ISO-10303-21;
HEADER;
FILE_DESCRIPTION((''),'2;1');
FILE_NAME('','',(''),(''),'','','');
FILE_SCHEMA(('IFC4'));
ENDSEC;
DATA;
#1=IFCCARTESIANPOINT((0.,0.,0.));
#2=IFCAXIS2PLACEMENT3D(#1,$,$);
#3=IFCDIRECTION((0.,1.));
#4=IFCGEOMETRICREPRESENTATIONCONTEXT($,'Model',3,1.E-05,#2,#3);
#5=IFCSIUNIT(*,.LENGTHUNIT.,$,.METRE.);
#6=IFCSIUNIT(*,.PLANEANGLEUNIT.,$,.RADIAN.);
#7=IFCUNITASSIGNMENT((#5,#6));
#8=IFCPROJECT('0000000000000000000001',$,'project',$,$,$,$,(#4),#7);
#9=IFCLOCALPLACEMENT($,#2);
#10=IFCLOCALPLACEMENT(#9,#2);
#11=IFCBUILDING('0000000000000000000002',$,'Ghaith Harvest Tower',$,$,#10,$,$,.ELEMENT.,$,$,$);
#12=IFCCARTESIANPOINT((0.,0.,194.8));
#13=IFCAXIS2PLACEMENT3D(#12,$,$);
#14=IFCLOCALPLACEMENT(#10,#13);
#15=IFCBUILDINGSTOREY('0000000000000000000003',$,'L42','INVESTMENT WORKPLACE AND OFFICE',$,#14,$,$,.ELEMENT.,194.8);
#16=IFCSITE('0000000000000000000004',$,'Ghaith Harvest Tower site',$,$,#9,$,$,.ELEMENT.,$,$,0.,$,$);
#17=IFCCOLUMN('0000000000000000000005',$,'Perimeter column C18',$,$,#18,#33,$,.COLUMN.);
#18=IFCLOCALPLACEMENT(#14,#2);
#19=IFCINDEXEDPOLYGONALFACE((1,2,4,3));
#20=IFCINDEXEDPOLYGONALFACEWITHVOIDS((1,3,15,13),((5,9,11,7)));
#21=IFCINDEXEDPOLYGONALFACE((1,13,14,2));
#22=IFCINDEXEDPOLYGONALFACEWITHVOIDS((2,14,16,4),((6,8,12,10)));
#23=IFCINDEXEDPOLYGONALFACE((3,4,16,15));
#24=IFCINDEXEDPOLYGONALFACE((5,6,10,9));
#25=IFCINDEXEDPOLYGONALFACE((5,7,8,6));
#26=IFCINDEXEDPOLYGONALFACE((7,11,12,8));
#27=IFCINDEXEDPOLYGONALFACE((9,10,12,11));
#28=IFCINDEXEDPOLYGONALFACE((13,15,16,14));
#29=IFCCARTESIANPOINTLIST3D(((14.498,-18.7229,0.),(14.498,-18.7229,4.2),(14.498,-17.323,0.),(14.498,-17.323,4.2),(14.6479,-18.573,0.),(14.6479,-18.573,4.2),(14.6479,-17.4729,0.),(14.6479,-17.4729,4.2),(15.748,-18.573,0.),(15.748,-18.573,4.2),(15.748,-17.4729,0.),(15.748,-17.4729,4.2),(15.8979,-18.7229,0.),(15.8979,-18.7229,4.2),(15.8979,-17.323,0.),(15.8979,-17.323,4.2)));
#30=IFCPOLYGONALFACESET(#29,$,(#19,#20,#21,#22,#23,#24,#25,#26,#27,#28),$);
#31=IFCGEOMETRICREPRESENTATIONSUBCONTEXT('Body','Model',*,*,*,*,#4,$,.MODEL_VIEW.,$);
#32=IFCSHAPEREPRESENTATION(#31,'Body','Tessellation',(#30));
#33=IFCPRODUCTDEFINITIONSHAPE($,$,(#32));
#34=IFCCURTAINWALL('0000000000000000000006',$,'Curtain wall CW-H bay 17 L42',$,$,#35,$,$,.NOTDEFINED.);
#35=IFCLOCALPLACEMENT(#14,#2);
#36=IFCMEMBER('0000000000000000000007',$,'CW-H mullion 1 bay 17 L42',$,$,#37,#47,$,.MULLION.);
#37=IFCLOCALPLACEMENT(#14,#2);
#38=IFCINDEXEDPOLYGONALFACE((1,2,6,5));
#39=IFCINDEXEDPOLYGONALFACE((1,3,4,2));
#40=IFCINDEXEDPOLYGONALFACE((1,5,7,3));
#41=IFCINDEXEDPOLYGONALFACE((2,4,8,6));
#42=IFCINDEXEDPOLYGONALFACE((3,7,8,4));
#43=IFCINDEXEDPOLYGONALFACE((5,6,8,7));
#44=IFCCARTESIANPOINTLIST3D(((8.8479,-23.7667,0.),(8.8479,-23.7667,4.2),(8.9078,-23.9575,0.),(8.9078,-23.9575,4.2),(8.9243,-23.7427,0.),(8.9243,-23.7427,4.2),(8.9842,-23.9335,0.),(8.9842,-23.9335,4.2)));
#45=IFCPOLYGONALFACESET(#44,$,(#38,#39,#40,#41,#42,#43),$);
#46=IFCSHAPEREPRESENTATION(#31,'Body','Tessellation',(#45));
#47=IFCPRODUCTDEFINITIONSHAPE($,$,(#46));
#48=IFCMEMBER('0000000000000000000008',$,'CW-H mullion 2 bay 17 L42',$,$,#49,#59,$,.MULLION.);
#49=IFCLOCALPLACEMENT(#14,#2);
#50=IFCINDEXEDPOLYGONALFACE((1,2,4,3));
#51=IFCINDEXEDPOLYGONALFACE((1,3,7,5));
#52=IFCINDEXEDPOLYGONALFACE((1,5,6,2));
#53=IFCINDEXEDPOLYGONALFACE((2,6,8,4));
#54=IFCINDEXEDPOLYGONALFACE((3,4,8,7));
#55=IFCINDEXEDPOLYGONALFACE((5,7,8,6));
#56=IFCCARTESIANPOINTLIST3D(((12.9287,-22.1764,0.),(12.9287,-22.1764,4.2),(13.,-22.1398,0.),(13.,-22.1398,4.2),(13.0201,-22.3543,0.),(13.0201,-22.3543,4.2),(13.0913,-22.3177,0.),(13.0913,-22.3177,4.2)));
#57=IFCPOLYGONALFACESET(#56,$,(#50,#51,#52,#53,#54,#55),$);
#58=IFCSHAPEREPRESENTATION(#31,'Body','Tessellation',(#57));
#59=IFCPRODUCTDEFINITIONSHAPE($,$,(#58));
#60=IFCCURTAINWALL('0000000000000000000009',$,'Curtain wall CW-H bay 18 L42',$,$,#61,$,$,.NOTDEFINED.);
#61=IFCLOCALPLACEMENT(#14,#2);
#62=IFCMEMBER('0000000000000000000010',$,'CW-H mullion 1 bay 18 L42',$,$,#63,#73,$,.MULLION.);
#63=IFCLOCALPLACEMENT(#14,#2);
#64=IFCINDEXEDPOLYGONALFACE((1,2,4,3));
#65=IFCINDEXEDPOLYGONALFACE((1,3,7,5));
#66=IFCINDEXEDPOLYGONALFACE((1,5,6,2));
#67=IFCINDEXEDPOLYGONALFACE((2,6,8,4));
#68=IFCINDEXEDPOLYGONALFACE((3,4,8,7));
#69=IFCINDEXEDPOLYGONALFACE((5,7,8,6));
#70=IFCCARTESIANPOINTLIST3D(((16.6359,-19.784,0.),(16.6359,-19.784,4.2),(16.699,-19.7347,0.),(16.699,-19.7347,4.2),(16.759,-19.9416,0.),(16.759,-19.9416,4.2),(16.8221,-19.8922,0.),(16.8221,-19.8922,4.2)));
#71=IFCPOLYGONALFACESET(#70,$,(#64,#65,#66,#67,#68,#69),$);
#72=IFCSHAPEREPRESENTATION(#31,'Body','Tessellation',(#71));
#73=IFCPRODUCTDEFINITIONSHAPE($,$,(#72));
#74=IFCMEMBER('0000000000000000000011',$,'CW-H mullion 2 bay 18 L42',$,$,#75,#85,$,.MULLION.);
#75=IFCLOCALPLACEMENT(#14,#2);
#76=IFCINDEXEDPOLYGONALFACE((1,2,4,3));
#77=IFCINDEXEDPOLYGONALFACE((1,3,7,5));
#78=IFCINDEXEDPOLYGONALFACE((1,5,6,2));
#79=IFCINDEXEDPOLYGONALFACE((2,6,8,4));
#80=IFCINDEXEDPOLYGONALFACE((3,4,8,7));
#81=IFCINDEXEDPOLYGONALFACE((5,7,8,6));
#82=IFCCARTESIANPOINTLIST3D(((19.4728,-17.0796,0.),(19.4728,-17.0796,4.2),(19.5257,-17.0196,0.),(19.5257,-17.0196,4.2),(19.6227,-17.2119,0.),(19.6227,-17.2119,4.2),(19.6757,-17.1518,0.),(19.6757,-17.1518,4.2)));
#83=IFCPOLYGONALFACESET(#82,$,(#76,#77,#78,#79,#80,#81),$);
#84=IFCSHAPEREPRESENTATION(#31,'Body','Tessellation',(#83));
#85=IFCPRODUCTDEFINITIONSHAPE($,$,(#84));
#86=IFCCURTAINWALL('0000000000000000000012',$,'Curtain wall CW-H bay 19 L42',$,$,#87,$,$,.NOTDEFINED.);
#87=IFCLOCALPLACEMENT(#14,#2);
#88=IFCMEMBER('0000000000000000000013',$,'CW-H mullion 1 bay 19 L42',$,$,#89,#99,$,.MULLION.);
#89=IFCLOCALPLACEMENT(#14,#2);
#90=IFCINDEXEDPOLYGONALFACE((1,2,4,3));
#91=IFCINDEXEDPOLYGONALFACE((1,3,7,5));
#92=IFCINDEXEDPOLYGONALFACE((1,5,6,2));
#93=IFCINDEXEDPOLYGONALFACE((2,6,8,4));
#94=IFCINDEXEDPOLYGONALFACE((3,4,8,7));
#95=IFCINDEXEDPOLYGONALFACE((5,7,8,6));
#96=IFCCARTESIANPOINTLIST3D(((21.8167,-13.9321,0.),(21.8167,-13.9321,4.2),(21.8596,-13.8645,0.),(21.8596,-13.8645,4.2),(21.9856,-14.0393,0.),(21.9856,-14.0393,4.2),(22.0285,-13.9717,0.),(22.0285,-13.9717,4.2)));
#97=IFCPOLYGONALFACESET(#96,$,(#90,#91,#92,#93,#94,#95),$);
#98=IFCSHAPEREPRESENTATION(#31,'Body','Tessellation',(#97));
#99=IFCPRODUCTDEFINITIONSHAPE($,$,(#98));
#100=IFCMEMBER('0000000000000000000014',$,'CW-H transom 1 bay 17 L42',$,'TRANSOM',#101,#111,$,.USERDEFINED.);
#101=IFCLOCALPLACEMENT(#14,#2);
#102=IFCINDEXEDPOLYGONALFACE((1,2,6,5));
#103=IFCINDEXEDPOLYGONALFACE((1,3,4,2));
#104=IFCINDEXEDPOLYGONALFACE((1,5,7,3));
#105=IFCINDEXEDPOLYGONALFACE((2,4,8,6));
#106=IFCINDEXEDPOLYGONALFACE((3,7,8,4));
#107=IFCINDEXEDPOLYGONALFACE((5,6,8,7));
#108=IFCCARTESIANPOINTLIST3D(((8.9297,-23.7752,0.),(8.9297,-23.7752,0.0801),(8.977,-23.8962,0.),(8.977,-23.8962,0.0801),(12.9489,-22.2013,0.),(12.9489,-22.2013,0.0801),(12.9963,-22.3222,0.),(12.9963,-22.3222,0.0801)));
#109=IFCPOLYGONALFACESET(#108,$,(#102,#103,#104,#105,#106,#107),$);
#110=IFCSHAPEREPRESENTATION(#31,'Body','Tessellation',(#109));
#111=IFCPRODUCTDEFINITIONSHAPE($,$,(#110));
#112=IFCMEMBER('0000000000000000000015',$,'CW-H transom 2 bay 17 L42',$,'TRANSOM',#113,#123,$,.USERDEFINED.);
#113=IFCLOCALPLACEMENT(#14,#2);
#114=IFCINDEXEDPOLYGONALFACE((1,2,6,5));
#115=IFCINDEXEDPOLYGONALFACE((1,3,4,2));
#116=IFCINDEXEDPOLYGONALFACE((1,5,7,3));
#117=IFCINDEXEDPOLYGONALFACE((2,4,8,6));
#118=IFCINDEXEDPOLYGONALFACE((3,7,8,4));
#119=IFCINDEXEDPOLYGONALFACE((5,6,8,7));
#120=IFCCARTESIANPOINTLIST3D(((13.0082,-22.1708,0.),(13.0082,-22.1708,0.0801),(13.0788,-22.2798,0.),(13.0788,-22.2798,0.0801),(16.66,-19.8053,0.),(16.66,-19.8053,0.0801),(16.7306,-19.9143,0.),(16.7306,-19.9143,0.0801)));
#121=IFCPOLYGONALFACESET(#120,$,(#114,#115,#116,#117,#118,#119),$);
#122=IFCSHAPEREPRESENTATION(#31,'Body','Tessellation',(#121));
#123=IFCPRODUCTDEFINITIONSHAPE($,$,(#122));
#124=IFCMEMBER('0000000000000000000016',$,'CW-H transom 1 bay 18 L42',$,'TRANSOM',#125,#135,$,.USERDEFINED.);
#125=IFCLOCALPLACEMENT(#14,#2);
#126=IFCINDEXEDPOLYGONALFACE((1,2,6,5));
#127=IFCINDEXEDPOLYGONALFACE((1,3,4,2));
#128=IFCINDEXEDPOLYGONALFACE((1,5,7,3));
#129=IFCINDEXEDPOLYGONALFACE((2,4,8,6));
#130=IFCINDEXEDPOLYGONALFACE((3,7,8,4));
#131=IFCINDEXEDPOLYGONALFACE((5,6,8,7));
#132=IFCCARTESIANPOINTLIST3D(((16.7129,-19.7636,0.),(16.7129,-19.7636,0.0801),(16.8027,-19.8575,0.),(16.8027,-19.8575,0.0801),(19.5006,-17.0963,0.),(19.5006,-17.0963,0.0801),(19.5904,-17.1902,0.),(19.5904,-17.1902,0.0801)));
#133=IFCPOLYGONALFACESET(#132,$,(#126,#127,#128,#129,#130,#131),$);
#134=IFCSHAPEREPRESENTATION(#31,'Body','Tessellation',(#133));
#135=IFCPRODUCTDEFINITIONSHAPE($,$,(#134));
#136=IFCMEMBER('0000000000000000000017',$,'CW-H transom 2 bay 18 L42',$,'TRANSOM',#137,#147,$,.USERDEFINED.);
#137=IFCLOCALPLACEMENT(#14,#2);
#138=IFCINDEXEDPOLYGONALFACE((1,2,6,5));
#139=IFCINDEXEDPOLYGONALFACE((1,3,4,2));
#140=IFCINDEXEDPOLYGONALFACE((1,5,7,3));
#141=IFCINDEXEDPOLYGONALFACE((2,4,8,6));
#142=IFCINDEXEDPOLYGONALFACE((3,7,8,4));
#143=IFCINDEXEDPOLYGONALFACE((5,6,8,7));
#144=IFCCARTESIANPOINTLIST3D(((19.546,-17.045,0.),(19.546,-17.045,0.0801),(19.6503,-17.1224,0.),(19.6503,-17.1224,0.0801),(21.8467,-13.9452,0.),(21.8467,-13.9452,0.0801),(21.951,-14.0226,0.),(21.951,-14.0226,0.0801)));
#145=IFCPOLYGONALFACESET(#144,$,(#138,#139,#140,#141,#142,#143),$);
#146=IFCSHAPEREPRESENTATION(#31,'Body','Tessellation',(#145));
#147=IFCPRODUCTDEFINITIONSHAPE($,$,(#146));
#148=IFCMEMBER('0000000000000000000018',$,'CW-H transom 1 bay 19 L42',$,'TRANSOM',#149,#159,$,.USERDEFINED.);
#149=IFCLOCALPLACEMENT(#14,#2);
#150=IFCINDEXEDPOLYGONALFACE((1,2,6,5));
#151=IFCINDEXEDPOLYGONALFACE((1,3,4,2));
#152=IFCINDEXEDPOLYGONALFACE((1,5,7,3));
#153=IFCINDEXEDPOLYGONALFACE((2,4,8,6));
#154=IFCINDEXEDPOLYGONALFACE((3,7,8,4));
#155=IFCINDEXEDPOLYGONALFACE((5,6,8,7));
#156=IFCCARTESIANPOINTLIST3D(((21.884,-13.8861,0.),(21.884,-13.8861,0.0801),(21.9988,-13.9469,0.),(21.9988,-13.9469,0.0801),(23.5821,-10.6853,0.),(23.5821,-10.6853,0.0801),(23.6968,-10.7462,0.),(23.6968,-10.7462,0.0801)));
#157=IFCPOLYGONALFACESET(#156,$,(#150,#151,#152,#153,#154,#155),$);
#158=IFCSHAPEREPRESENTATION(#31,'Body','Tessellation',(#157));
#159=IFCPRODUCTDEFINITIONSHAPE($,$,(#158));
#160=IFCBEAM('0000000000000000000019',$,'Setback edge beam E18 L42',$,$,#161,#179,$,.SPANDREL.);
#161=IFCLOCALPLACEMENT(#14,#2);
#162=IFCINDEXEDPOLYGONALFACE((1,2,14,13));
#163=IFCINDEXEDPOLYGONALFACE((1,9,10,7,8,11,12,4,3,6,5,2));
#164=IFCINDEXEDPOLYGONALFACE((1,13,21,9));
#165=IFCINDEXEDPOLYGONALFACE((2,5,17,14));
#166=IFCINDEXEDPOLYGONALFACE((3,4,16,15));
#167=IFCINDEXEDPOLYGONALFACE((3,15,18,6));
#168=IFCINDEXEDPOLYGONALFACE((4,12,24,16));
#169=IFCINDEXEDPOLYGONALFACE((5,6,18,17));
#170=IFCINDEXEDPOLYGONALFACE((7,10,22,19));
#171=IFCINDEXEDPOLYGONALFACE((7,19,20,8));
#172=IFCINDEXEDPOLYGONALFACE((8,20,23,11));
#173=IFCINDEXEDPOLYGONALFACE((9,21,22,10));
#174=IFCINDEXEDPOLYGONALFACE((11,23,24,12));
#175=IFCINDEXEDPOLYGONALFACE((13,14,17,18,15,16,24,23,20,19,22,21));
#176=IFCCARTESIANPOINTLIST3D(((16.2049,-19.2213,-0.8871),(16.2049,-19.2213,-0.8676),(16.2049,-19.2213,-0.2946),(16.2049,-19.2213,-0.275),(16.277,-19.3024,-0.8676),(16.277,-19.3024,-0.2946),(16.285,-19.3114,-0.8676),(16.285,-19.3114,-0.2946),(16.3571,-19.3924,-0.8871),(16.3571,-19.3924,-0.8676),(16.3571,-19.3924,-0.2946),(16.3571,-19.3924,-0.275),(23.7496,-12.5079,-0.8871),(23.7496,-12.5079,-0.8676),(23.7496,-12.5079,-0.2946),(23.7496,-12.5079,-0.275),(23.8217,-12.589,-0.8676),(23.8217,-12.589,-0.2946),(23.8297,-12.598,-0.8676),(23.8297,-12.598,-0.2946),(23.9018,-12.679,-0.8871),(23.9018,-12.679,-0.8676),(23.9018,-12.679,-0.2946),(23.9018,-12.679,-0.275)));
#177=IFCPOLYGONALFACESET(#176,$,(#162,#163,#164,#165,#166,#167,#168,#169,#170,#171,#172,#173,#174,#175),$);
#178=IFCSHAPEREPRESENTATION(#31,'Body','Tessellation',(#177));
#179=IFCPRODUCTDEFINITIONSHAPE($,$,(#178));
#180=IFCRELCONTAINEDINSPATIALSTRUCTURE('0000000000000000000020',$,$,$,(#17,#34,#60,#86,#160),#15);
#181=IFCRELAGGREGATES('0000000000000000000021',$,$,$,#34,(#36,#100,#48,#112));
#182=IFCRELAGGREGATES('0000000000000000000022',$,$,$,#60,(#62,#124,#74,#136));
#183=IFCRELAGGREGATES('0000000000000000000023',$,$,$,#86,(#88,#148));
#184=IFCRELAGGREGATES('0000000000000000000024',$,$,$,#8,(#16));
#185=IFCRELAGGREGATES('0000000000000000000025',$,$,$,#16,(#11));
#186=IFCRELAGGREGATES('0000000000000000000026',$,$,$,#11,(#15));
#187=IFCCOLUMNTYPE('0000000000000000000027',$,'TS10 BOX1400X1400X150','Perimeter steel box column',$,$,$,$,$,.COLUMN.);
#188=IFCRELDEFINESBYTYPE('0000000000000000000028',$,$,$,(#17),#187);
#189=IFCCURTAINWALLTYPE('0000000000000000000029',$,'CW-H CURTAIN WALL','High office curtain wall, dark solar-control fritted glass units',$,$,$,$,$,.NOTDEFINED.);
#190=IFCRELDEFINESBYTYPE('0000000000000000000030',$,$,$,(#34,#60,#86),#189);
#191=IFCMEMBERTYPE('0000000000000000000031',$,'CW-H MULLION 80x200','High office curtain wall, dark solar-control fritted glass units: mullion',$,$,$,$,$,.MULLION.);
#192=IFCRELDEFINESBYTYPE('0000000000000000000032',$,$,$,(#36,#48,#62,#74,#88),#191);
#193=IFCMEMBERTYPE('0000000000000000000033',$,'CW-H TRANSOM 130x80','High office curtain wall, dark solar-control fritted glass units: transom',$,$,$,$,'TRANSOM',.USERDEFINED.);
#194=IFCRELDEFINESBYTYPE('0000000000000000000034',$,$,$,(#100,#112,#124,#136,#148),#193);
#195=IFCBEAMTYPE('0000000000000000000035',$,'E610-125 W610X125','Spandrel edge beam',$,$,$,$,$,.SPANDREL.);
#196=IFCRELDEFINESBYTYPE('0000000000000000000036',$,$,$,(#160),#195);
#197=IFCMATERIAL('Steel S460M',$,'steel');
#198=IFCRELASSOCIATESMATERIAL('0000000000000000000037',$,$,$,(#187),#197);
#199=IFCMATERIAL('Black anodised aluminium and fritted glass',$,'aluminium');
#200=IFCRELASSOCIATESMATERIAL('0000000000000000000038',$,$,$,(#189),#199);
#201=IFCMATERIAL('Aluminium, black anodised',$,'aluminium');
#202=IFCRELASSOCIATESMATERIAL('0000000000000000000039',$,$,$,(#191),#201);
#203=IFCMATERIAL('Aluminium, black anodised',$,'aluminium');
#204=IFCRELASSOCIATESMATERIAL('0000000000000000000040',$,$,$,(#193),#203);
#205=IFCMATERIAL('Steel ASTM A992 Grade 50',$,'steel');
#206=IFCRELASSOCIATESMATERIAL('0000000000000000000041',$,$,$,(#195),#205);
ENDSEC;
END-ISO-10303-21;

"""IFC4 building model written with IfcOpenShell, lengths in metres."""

from ifc_helpers import new_model, si_unit, direction, frame, origin, origin_2d, place, context, subcontext, project, spatial, rectangle, hollow_rectangle, i_section, extrude, material, material_profile, profile_set, type_object, element, aggregate, save


model = new_model("IFC4")

# Units and contexts
model_context = context("Model", 3, precision=1e-05, world=origin(), true_north=direction((0.0, 1.0)))
body_context = subcontext(model_context, "Body", "Model", "MODEL_VIEW")
ifc_project = project(units=[si_unit("LENGTHUNIT", "METRE"), si_unit("PLANEANGLEUNIT", "RADIAN")], contexts=[model_context])

# Site, building, storey
site_placement = place(None, origin())
site = spatial("IfcSite", under=ifc_project, at=site_placement, Name="Ghaith Harvest Tower site", CompositionType="ELEMENT", RefElevation=0.0)
building_placement = place(site_placement, origin())
building = spatial("IfcBuilding", under=site, at=building_placement, Name="Ghaith Harvest Tower", CompositionType="ELEMENT")
storey_placement = place(building_placement, frame((0.0, 0.0, 194.8)))
storey = spatial("IfcBuildingStorey", under=building, at=storey_placement, Name="L42", Description="INVESTMENT WORKPLACE AND OFFICE", CompositionType="ELEMENT", Elevation=194.8)

# Column
ifc_material_1 = material(Name="Steel S460M", Category="steel")
ifc_material_profile_1 = material_profile(ifc_material_1, hollow_rectangle(XDim=1.3999, YDim=1.3999, WallThickness=0.1499, at=origin_2d()), Name="BOX1400X1400X150")
ifc_profile_set_1 = profile_set([ifc_material_profile_1], Name="Steel S460M")
column_type = type_object("IfcColumnType", Name="TS10 BOX1400X1400X150", Description="Perimeter steel box column", PredefinedType="COLUMN", material=ifc_profile_set_1)
column_placement = place(storey_placement, frame((15.198, -18.0229, 0.0), z_axis=(0.0, 0.0, 1.0), x_axis=(1.0, 0.0, 0.0)))
element("IfcColumn", 1, at=column_placement, inside=storey, type_object=column_type, Name="Perimeter column C18", PredefinedType="COLUMN", context=body_context, shape_type="SweptSolid", body=[
    extrude(hollow_rectangle(XDim=1.3999, YDim=1.3999, WallThickness=0.1499, at=origin_2d()), origin(), (0.0, 0.0, 1.0), 4.2),
])

# Curtain walls, members
ifc_material_2 = material(Name="Black anodised aluminium and fritted glass", Category="aluminium")
curtain_wall_type = type_object("IfcCurtainWallType", Name="CW-H CURTAIN WALL", Description="High office curtain wall, dark solar-control fritted glass units", PredefinedType="NOTDEFINED", material=ifc_material_2)
curtain_wall_1_placement = place(storey_placement, origin())
curtain_wall_1 = element("IfcCurtainWall", 2, at=curtain_wall_1_placement, inside=storey, type_object=curtain_wall_type, Name="Curtain wall CW-H bay 17 L42", PredefinedType="NOTDEFINED")
ifc_material_3 = material(Name="Aluminium, black anodised", Category="aluminium")
ifc_material_profile_2 = material_profile(ifc_material_3, rectangle(XDim=0.0801, YDim=0.2, at=origin_2d()), Name="CW-H MULLION 80x200")
ifc_profile_set_2 = profile_set([ifc_material_profile_2], Name="Aluminium, black anodised")
member_type_1 = type_object("IfcMemberType", Name="CW-H MULLION 80x200", Description="High office curtain wall, dark solar-control fritted glass units: mullion", PredefinedType="MULLION", material=ifc_profile_set_2)
member_1_placement = place(storey_placement, frame((8.916, -23.8501, 0.0), z_axis=(0.0, 0.0, 1.0), x_axis=(0.95403, 0.299711, 0.0)))
member_1 = element("IfcMember", 3, at=member_1_placement, type_object=member_type_1, Name="CW-H mullion 1 bay 17 L42", PredefinedType="MULLION", context=body_context, shape_type="SweptSolid", body=[
    extrude(rectangle(XDim=0.0801, YDim=0.2, at=origin_2d()), origin(), (0.0, 0.0, 1.0), 4.2),
])
member_2_placement = place(storey_placement, frame((13.01, -22.2471, 0.0), z_axis=(0.0, 0.0, 1.0), x_axis=(0.889568, 0.456802, 0.0)))
member_2 = element("IfcMember", 4, at=member_2_placement, type_object=member_type_1, Name="CW-H mullion 2 bay 17 L42", PredefinedType="MULLION", context=body_context, shape_type="SweptSolid", body=[
    extrude(rectangle(XDim=0.0801, YDim=0.2, at=origin_2d()), origin(), (0.0, 0.0, 1.0), 4.2),
])
curtain_wall_2_placement = place(storey_placement, origin())
curtain_wall_2 = element("IfcCurtainWall", 5, at=curtain_wall_2_placement, inside=storey, type_object=curtain_wall_type, Name="Curtain wall CW-H bay 18 L42", PredefinedType="NOTDEFINED")
member_3_placement = place(storey_placement, frame((16.729, -19.8381, 0.0), z_axis=(0.0, 0.0, 1.0), x_axis=(0.787846, 0.615873, 0.0)))
member_3 = element("IfcMember", 6, at=member_3_placement, type_object=member_type_1, Name="CW-H mullion 1 bay 18 L42", PredefinedType="MULLION", context=body_context, shape_type="SweptSolid", body=[
    extrude(rectangle(XDim=0.0801, YDim=0.2, at=origin_2d()), origin(), (0.0, 0.0, 1.0), 4.2),
])
member_4_placement = place(storey_placement, frame((19.5742, -17.1157, 0.0), z_axis=(0.0, 0.0, 1.0), x_axis=(0.661615, 0.749844, 0.0)))
member_4 = element("IfcMember", 7, at=member_4_placement, type_object=member_type_1, Name="CW-H mullion 2 bay 18 L42", PredefinedType="MULLION", context=body_context, shape_type="SweptSolid", body=[
    extrude(rectangle(XDim=0.0801, YDim=0.2, at=origin_2d()), origin(), (0.0, 0.0, 1.0), 4.2),
])

# Curtain wall, member
curtain_wall_3_placement = place(storey_placement, origin())
curtain_wall_3 = element("IfcCurtainWall", 8, at=curtain_wall_3_placement, inside=storey, type_object=curtain_wall_type, Name="Curtain wall CW-H bay 19 L42", PredefinedType="NOTDEFINED")
member_5_placement = place(storey_placement, frame((21.9226, -13.9519, 0.0), z_axis=(0.0, 0.0, 1.0), x_axis=(0.535827, 0.844328, 0.0)))
member_5 = element("IfcMember", 9, at=member_5_placement, type_object=member_type_1, Name="CW-H mullion 1 bay 19 L42", PredefinedType="MULLION", context=body_context, shape_type="SweptSolid", body=[
    extrude(rectangle(XDim=0.0801, YDim=0.2, at=origin_2d()), origin(), (0.0, 0.0, 1.0), 4.2),
])

# Members
ifc_material_4 = material(Name="Aluminium, black anodised", Category="aluminium")
ifc_material_profile_3 = material_profile(ifc_material_4, rectangle(XDim=0.1299, YDim=0.0801, at=origin_2d()), Name="CW-H TRANSOM 130x80")
ifc_profile_set_3 = profile_set([ifc_material_profile_3], Name="Aluminium, black anodised")
member_type_2 = type_object("IfcMemberType", Name="CW-H TRANSOM 130x80", Description="High office curtain wall, dark solar-control fritted glass units: transom", ElementType="TRANSOM", PredefinedType="USERDEFINED", material=ifc_profile_set_3)
member_6_placement = place(storey_placement, frame((8.9534, -23.8357, 0.04), z_axis=(0.931148, 0.364642, 0.0), x_axis=(-0.364642, 0.931148, 0.0)))
member_6 = element("IfcMember", 10, at=member_6_placement, type_object=member_type_2, Name="CW-H transom 1 bay 17 L42", ObjectType="TRANSOM", PredefinedType="USERDEFINED", context=body_context, shape_type="SweptSolid", body=[
    extrude(rectangle(XDim=0.1299, YDim=0.0801, at=origin_2d()), origin(), (0.0, 0.0, 1.0), 4.3164),
])
member_7_placement = place(storey_placement, frame((13.0435, -22.2253, 0.04), z_axis=(0.839307, 0.543658, 0.0), x_axis=(-0.543658, 0.839307, 0.0)))
member_7 = element("IfcMember", 11, at=member_7_placement, type_object=member_type_2, Name="CW-H transom 2 bay 17 L42", ObjectType="TRANSOM", PredefinedType="USERDEFINED", context=body_context, shape_type="SweptSolid", body=[
    extrude(rectangle(XDim=0.1299, YDim=0.0801, at=origin_2d()), origin(), (0.0, 0.0, 1.0), 4.3511),
])
member_8_placement = place(storey_placement, frame((16.7578, -19.8105, 0.04), z_axis=(0.722533, 0.691336, 0.0), x_axis=(-0.691336, 0.722533, 0.0)))
member_8 = element("IfcMember", 12, at=member_8_placement, type_object=member_type_2, Name="CW-H transom 1 bay 18 L42", ObjectType="TRANSOM", PredefinedType="USERDEFINED", context=body_context, shape_type="SweptSolid", body=[
    extrude(rectangle(XDim=0.1299, YDim=0.0801, at=origin_2d()), origin(), (0.0, 0.0, 1.0), 3.8582),
])
member_9_placement = place(storey_placement, frame((19.5981, -17.0837, 0.04), z_axis=(0.595996, 0.802988, 0.0), x_axis=(-0.802988, 0.595996, 0.0)))
member_9 = element("IfcMember", 13, at=member_9_placement, type_object=member_type_2, Name="CW-H transom 2 bay 18 L42", ObjectType="TRANSOM", PredefinedType="USERDEFINED", context=body_context, shape_type="SweptSolid", body=[
    extrude(rectangle(XDim=0.1299, YDim=0.0801, at=origin_2d()), origin(), (0.0, 0.0, 1.0), 3.8604),
])
member_10_placement = place(storey_placement, frame((21.9414, -13.9165, 0.04), z_axis=(0.468646, 0.883386, 0.0), x_axis=(-0.883386, 0.468646, 0.0)))
member_10 = element("IfcMember", 14, at=member_10_placement, type_object=member_type_2, Name="CW-H transom 1 bay 19 L42", ObjectType="TRANSOM", PredefinedType="USERDEFINED", context=body_context, shape_type="SweptSolid", body=[
    extrude(rectangle(XDim=0.1299, YDim=0.0801, at=origin_2d()), origin(), (0.0, 0.0, 1.0), 3.6233),
])

# Beam
ifc_material_5 = material(Name="Steel ASTM A992 Grade 50", Category="steel")
ifc_material_profile_4 = material_profile(ifc_material_5, i_section(OverallWidth=0.229, OverallDepth=0.6121, WebThickness=0.012, FlangeThickness=0.0195, at=origin_2d()), Name="W610X125")
ifc_profile_set_4 = profile_set([ifc_material_profile_4], Name="Steel ASTM A992 Grade 50")
beam_type_1 = type_object("IfcBeamType", Name="E610-125 W610X125", Description="Spandrel edge beam", PredefinedType="SPANDREL", material=ifc_profile_set_4)
beam_1_placement = place(storey_placement, frame((16.281, -19.3069, -0.5811), z_axis=(0.747065, 0.664751, 0.0), x_axis=(-0.664751, 0.747065, 0.0)))
element("IfcBeam", 15, at=beam_1_placement, inside=storey, type_object=beam_type_1, Name="Setback edge beam E18 L42", PredefinedType="SPANDREL", context=body_context, shape_type="SweptSolid", body=[
    extrude(i_section(OverallWidth=0.229, OverallDepth=0.6121, WebThickness=0.012, FlangeThickness=0.0195, at=origin_2d()), origin(), (0.0, 0.0, 1.0), 10.0991),
])

aggregate(curtain_wall_1, [member_1, member_6, member_2, member_7])
aggregate(curtain_wall_2, [member_3, member_8, member_4, member_9])
aggregate(curtain_wall_3, [member_5, member_10])

save(model, "model.ifc")
